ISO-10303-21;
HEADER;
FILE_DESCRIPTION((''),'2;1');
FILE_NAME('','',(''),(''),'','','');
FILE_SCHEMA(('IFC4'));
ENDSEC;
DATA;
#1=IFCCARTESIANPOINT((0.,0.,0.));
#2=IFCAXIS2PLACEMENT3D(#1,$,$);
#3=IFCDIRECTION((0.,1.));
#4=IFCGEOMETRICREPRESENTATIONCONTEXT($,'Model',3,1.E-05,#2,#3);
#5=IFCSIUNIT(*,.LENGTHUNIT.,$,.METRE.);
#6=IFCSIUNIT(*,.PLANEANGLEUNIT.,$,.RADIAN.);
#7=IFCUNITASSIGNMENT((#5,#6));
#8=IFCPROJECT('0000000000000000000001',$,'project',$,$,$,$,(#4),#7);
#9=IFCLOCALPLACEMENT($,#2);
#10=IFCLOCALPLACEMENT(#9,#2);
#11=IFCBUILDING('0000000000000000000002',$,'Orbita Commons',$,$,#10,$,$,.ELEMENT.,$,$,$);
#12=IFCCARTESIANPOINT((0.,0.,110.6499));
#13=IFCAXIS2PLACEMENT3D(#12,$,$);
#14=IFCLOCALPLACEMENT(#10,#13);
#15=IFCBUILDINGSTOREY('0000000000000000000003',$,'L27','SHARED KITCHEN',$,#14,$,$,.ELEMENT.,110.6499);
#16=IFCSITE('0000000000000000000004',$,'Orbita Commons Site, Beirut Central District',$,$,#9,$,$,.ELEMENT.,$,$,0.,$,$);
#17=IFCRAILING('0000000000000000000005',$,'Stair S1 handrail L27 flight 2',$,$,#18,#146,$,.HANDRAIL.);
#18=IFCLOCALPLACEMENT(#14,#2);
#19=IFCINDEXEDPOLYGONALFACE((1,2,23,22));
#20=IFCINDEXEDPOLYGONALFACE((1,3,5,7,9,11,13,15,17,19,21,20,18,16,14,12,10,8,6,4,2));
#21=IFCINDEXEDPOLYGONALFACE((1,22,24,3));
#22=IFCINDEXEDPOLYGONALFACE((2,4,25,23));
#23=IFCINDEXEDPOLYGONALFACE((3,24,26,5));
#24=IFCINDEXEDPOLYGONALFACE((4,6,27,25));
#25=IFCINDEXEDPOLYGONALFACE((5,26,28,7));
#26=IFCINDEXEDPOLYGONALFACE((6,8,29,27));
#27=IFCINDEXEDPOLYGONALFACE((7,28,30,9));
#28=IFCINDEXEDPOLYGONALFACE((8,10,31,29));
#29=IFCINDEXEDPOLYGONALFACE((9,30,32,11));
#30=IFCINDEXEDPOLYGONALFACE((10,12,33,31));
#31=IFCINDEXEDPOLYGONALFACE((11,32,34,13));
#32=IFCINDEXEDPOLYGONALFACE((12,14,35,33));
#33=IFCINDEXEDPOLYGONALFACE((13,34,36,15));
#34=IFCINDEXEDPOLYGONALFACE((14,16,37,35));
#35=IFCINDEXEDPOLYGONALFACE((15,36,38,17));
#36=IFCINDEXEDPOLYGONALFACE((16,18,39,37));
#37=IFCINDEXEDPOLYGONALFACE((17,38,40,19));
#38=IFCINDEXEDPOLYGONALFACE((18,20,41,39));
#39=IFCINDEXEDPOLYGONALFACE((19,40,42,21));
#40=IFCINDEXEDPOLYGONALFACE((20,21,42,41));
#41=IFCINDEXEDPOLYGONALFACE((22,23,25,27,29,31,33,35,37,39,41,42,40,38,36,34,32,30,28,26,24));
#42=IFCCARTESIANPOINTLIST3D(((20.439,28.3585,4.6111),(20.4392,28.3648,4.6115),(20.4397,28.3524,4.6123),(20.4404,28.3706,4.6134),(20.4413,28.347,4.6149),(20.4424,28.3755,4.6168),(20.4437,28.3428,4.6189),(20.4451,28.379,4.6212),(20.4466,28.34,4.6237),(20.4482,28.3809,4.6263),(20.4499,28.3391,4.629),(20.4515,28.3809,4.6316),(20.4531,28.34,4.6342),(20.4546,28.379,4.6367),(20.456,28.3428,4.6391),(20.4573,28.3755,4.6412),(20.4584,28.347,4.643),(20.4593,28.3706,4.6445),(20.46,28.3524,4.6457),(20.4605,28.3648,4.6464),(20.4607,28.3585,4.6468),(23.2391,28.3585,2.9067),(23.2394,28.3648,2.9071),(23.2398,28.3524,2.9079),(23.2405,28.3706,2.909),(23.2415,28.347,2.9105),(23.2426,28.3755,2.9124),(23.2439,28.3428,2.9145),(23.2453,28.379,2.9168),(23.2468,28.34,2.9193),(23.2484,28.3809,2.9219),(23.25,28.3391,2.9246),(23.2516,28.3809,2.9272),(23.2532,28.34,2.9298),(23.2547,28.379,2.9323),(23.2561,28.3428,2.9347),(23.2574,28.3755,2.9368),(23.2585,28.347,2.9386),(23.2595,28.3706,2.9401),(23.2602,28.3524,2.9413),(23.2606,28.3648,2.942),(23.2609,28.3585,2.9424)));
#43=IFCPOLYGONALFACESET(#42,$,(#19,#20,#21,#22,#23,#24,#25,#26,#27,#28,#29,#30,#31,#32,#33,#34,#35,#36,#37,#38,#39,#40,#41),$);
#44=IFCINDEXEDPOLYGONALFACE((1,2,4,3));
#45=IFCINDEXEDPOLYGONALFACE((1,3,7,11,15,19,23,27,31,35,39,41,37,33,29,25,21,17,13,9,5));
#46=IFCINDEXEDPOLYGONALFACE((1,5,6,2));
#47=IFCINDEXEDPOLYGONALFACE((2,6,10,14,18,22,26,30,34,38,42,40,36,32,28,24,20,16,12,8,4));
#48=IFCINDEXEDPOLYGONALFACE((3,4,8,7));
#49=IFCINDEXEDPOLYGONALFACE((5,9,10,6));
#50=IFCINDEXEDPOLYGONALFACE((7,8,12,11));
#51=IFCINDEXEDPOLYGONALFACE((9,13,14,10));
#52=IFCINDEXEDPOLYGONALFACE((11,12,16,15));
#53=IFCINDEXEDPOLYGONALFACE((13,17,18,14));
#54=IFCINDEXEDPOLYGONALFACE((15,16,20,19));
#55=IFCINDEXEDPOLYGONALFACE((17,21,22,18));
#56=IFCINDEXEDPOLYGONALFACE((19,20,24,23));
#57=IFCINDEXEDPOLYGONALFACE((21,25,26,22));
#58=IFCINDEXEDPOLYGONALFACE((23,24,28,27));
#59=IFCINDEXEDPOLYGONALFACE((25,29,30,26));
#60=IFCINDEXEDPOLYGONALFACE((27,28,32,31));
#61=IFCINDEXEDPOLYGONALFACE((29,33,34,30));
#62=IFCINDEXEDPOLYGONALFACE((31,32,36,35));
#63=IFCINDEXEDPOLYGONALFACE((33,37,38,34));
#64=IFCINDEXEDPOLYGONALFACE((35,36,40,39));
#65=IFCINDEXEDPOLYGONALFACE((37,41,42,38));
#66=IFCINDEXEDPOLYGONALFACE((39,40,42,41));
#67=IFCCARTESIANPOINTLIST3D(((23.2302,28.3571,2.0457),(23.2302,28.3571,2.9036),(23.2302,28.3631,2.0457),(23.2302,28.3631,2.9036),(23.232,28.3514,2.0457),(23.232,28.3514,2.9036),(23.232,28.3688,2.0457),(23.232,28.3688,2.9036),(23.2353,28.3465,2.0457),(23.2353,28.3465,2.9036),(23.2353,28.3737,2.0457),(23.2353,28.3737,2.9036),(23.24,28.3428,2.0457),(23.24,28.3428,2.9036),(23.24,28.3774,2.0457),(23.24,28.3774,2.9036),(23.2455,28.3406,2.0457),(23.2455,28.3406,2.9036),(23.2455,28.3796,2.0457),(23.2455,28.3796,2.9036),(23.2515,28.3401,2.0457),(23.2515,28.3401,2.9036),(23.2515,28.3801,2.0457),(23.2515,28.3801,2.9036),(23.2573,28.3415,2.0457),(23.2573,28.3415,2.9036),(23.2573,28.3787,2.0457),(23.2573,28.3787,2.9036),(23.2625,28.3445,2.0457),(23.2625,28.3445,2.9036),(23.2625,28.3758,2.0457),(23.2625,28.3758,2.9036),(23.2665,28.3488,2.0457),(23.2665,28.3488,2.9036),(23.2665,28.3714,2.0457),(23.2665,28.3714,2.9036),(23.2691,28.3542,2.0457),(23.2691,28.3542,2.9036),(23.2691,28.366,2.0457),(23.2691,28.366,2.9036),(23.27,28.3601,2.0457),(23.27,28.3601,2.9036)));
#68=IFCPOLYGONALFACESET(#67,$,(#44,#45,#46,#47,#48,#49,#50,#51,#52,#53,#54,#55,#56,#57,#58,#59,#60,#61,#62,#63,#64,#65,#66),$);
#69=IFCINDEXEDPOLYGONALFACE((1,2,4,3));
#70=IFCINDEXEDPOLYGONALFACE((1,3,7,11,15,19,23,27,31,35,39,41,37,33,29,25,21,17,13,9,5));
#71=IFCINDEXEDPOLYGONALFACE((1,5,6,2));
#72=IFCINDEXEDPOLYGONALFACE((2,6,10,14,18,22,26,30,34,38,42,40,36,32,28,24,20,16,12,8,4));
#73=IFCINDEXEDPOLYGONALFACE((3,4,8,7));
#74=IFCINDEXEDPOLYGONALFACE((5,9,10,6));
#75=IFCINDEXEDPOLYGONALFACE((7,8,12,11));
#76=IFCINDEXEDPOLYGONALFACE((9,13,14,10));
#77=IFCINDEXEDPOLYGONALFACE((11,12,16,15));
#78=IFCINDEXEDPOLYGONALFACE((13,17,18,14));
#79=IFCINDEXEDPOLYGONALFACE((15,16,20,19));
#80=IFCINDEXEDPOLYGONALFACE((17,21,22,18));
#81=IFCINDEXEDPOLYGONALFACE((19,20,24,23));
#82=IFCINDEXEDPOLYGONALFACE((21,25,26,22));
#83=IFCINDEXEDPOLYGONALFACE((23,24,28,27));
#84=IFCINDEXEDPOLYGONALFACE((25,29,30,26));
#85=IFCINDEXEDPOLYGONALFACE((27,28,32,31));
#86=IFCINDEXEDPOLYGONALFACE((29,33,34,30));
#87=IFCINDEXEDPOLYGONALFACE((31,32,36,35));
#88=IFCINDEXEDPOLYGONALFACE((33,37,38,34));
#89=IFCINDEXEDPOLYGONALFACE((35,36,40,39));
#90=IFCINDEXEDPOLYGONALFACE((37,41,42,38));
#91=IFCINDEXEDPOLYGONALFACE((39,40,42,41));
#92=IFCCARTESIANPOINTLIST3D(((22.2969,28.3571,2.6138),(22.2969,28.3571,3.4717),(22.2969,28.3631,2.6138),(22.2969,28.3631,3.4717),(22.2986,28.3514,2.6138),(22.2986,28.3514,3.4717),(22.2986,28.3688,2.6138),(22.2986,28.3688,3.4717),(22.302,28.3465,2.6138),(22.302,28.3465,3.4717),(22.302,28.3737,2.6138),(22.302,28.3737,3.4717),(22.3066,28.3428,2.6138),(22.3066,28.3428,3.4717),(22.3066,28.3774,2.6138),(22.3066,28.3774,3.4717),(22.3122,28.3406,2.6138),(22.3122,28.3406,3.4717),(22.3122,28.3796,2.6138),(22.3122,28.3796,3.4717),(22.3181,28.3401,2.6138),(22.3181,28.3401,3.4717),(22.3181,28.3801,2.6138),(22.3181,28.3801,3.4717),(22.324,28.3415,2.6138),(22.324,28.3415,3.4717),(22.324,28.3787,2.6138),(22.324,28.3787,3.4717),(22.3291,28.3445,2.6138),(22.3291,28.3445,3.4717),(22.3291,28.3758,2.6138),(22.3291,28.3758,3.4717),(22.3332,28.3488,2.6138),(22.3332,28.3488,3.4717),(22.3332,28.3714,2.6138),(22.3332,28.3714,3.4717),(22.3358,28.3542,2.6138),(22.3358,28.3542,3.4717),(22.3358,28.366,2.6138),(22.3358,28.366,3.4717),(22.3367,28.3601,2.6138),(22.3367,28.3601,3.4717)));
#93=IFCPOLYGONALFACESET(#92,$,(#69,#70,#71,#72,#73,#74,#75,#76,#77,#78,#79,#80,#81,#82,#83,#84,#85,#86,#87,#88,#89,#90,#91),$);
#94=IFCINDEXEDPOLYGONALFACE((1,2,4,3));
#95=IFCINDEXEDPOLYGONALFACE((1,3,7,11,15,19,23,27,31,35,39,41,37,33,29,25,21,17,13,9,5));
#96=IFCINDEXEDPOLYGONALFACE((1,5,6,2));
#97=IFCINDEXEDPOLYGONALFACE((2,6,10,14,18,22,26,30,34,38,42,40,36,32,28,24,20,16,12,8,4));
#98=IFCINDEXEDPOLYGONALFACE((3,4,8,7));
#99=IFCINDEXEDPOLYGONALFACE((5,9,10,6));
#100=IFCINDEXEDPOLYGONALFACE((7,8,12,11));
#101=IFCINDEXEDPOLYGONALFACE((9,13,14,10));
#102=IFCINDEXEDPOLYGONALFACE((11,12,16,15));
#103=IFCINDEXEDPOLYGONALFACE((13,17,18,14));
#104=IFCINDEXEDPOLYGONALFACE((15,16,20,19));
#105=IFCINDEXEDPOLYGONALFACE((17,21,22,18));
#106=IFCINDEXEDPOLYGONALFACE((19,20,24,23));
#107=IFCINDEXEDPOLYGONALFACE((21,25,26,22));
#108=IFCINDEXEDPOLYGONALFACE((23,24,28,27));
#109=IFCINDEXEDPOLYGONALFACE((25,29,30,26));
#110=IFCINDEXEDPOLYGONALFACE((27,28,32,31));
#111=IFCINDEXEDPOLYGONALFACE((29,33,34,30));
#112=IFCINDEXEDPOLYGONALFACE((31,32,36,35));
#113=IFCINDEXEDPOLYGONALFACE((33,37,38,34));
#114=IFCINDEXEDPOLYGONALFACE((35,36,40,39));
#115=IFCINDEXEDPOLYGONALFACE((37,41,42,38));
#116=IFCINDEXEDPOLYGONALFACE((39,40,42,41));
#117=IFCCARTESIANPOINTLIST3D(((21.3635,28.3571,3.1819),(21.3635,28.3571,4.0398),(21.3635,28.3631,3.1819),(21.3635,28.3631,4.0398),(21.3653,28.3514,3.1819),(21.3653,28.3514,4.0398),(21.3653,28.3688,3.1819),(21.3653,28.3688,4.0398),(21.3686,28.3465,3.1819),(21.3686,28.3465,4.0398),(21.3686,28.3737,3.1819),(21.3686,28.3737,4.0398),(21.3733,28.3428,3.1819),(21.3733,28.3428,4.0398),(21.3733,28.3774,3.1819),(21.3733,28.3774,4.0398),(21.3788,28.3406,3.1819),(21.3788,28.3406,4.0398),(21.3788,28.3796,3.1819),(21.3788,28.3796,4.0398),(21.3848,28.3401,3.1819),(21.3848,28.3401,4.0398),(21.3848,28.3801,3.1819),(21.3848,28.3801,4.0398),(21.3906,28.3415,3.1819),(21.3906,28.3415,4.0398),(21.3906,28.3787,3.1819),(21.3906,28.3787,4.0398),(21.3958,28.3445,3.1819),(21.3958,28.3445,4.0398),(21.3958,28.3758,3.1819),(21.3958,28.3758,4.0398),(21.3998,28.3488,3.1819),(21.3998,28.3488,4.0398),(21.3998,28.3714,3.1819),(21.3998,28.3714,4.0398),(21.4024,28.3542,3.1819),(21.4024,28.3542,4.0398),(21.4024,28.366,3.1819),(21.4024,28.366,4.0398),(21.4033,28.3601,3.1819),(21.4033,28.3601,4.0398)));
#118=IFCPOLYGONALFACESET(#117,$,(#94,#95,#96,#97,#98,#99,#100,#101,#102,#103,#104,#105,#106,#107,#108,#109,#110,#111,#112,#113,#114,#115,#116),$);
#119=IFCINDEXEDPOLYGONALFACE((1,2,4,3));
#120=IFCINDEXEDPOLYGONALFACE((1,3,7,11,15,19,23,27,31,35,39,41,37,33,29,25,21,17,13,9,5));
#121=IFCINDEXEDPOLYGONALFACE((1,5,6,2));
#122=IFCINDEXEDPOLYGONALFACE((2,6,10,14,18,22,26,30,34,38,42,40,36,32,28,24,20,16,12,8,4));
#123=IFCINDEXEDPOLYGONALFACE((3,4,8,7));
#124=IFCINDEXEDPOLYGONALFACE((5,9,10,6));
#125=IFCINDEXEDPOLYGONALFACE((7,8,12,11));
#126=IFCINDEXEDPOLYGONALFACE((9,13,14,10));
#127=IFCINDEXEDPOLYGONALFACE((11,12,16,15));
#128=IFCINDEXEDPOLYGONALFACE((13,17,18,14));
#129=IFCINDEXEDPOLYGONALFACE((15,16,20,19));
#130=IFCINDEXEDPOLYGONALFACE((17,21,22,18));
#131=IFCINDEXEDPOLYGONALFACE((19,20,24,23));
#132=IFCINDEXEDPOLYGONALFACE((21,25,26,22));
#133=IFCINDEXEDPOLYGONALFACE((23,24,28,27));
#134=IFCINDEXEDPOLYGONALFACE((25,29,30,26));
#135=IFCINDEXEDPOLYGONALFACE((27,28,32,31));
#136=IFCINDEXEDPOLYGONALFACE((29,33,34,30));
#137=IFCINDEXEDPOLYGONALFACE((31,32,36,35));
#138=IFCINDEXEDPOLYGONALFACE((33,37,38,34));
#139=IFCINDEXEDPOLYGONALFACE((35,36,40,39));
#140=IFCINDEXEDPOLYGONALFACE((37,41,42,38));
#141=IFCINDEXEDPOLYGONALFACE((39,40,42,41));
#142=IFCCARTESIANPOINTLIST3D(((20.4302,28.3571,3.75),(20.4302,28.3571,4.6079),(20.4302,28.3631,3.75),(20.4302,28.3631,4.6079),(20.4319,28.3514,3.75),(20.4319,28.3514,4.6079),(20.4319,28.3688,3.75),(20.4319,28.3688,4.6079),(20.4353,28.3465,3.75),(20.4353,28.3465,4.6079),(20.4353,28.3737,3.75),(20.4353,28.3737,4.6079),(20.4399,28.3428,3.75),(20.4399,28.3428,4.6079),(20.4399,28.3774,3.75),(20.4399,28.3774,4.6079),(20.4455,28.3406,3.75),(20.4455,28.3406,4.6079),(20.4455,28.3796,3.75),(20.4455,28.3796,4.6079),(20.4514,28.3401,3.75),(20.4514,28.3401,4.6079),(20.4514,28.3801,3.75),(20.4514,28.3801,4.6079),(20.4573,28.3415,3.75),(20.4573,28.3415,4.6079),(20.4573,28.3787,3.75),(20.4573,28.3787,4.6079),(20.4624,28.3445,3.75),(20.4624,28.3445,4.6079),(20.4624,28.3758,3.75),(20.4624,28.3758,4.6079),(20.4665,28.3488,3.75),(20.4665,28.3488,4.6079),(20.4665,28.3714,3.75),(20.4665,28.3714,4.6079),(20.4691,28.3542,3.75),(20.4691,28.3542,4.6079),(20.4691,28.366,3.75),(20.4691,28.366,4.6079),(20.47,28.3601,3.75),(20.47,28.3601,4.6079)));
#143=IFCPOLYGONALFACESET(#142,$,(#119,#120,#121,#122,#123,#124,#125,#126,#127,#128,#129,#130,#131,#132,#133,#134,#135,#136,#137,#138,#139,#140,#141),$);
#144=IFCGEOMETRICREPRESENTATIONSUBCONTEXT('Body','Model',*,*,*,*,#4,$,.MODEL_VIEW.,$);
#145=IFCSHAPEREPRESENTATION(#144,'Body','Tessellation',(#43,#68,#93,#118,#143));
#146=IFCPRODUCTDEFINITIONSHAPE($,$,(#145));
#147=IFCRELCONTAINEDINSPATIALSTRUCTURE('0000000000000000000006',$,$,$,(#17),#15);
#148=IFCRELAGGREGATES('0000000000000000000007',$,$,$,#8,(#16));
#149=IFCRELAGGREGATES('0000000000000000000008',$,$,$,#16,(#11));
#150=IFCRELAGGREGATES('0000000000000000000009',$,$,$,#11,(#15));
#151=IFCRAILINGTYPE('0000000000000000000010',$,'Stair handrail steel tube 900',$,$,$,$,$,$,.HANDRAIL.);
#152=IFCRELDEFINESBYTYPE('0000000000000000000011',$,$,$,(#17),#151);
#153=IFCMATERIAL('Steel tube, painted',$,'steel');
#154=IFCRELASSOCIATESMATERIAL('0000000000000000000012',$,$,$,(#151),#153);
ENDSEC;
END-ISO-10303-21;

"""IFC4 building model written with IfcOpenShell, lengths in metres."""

from ifc_helpers import new_model, si_unit, direction, frame, origin, origin_2d, place, context, subcontext, project, spatial, circle, extrude, material, type_object, element, save


model = new_model("IFC4")

# Units and contexts
model_context = context("Model", 3, precision=1e-05, world=origin(), true_north=direction((0.0, 1.0)))
body_context = subcontext(model_context, "Body", "Model", "MODEL_VIEW")
ifc_project = project(units=[si_unit("LENGTHUNIT", "METRE"), si_unit("PLANEANGLEUNIT", "RADIAN")], contexts=[model_context])

# Site, building, storey
site_placement = place(None, origin())
site = spatial("IfcSite", under=ifc_project, at=site_placement, Name="Orbita Commons Site, Beirut Central District", CompositionType="ELEMENT", RefElevation=0.0)
building_placement = place(site_placement, origin())
building = spatial("IfcBuilding", under=site, at=building_placement, Name="Orbita Commons", CompositionType="ELEMENT")
storey_placement = place(building_placement, frame((0.0, 0.0, 110.6499)))
storey = spatial("IfcBuildingStorey", under=building, at=storey_placement, Name="L27", Description="SHARED KITCHEN", CompositionType="ELEMENT", Elevation=110.6499)

# Railing
ifc_material_1 = material(Name="Steel tube, painted", Category="steel")
railing_type = type_object("IfcRailingType", Name="Stair handrail steel tube 900", PredefinedType="HANDRAIL", material=ifc_material_1)
for number, where, name in (
    (1, (23.25, 28.3601, 2.0457), "Stair S1 handrail L27 flight 2"),
):
    element("IfcRailing", number, at=place(storey_placement, frame(where)), inside=storey, type_object=railing_type, Name=name, PredefinedType="HANDRAIL", context=body_context, shape_type="SweptSolid", body=[
        extrude(circle(Radius=0.021, at=origin_2d()), frame((0.0, 0.0, 0.8789), z_axis=(-0.854203, 0.0, 0.51994), x_axis=(0.0, -1.0, 0.0)), (0.0, 0.0, 1.0), 3.2781),
        extrude(circle(Radius=0.02, at=origin_2d()), origin(), (0.0, 0.0, 1.0), 0.8579),
        extrude(circle(Radius=0.02, at=origin_2d()), frame((-0.9333, 0.0, 0.5681)), (0.0, 0.0, 1.0), 0.8579),
        extrude(circle(Radius=0.02, at=origin_2d()), frame((-1.8667, 0.0, 1.1362)), (0.0, 0.0, 1.0), 0.8579),
        extrude(circle(Radius=0.02, at=origin_2d()), frame((-2.8, 0.0, 1.7043)), (0.0, 0.0, 1.0), 0.8579),
    ])

save(model, "model.ifc")
